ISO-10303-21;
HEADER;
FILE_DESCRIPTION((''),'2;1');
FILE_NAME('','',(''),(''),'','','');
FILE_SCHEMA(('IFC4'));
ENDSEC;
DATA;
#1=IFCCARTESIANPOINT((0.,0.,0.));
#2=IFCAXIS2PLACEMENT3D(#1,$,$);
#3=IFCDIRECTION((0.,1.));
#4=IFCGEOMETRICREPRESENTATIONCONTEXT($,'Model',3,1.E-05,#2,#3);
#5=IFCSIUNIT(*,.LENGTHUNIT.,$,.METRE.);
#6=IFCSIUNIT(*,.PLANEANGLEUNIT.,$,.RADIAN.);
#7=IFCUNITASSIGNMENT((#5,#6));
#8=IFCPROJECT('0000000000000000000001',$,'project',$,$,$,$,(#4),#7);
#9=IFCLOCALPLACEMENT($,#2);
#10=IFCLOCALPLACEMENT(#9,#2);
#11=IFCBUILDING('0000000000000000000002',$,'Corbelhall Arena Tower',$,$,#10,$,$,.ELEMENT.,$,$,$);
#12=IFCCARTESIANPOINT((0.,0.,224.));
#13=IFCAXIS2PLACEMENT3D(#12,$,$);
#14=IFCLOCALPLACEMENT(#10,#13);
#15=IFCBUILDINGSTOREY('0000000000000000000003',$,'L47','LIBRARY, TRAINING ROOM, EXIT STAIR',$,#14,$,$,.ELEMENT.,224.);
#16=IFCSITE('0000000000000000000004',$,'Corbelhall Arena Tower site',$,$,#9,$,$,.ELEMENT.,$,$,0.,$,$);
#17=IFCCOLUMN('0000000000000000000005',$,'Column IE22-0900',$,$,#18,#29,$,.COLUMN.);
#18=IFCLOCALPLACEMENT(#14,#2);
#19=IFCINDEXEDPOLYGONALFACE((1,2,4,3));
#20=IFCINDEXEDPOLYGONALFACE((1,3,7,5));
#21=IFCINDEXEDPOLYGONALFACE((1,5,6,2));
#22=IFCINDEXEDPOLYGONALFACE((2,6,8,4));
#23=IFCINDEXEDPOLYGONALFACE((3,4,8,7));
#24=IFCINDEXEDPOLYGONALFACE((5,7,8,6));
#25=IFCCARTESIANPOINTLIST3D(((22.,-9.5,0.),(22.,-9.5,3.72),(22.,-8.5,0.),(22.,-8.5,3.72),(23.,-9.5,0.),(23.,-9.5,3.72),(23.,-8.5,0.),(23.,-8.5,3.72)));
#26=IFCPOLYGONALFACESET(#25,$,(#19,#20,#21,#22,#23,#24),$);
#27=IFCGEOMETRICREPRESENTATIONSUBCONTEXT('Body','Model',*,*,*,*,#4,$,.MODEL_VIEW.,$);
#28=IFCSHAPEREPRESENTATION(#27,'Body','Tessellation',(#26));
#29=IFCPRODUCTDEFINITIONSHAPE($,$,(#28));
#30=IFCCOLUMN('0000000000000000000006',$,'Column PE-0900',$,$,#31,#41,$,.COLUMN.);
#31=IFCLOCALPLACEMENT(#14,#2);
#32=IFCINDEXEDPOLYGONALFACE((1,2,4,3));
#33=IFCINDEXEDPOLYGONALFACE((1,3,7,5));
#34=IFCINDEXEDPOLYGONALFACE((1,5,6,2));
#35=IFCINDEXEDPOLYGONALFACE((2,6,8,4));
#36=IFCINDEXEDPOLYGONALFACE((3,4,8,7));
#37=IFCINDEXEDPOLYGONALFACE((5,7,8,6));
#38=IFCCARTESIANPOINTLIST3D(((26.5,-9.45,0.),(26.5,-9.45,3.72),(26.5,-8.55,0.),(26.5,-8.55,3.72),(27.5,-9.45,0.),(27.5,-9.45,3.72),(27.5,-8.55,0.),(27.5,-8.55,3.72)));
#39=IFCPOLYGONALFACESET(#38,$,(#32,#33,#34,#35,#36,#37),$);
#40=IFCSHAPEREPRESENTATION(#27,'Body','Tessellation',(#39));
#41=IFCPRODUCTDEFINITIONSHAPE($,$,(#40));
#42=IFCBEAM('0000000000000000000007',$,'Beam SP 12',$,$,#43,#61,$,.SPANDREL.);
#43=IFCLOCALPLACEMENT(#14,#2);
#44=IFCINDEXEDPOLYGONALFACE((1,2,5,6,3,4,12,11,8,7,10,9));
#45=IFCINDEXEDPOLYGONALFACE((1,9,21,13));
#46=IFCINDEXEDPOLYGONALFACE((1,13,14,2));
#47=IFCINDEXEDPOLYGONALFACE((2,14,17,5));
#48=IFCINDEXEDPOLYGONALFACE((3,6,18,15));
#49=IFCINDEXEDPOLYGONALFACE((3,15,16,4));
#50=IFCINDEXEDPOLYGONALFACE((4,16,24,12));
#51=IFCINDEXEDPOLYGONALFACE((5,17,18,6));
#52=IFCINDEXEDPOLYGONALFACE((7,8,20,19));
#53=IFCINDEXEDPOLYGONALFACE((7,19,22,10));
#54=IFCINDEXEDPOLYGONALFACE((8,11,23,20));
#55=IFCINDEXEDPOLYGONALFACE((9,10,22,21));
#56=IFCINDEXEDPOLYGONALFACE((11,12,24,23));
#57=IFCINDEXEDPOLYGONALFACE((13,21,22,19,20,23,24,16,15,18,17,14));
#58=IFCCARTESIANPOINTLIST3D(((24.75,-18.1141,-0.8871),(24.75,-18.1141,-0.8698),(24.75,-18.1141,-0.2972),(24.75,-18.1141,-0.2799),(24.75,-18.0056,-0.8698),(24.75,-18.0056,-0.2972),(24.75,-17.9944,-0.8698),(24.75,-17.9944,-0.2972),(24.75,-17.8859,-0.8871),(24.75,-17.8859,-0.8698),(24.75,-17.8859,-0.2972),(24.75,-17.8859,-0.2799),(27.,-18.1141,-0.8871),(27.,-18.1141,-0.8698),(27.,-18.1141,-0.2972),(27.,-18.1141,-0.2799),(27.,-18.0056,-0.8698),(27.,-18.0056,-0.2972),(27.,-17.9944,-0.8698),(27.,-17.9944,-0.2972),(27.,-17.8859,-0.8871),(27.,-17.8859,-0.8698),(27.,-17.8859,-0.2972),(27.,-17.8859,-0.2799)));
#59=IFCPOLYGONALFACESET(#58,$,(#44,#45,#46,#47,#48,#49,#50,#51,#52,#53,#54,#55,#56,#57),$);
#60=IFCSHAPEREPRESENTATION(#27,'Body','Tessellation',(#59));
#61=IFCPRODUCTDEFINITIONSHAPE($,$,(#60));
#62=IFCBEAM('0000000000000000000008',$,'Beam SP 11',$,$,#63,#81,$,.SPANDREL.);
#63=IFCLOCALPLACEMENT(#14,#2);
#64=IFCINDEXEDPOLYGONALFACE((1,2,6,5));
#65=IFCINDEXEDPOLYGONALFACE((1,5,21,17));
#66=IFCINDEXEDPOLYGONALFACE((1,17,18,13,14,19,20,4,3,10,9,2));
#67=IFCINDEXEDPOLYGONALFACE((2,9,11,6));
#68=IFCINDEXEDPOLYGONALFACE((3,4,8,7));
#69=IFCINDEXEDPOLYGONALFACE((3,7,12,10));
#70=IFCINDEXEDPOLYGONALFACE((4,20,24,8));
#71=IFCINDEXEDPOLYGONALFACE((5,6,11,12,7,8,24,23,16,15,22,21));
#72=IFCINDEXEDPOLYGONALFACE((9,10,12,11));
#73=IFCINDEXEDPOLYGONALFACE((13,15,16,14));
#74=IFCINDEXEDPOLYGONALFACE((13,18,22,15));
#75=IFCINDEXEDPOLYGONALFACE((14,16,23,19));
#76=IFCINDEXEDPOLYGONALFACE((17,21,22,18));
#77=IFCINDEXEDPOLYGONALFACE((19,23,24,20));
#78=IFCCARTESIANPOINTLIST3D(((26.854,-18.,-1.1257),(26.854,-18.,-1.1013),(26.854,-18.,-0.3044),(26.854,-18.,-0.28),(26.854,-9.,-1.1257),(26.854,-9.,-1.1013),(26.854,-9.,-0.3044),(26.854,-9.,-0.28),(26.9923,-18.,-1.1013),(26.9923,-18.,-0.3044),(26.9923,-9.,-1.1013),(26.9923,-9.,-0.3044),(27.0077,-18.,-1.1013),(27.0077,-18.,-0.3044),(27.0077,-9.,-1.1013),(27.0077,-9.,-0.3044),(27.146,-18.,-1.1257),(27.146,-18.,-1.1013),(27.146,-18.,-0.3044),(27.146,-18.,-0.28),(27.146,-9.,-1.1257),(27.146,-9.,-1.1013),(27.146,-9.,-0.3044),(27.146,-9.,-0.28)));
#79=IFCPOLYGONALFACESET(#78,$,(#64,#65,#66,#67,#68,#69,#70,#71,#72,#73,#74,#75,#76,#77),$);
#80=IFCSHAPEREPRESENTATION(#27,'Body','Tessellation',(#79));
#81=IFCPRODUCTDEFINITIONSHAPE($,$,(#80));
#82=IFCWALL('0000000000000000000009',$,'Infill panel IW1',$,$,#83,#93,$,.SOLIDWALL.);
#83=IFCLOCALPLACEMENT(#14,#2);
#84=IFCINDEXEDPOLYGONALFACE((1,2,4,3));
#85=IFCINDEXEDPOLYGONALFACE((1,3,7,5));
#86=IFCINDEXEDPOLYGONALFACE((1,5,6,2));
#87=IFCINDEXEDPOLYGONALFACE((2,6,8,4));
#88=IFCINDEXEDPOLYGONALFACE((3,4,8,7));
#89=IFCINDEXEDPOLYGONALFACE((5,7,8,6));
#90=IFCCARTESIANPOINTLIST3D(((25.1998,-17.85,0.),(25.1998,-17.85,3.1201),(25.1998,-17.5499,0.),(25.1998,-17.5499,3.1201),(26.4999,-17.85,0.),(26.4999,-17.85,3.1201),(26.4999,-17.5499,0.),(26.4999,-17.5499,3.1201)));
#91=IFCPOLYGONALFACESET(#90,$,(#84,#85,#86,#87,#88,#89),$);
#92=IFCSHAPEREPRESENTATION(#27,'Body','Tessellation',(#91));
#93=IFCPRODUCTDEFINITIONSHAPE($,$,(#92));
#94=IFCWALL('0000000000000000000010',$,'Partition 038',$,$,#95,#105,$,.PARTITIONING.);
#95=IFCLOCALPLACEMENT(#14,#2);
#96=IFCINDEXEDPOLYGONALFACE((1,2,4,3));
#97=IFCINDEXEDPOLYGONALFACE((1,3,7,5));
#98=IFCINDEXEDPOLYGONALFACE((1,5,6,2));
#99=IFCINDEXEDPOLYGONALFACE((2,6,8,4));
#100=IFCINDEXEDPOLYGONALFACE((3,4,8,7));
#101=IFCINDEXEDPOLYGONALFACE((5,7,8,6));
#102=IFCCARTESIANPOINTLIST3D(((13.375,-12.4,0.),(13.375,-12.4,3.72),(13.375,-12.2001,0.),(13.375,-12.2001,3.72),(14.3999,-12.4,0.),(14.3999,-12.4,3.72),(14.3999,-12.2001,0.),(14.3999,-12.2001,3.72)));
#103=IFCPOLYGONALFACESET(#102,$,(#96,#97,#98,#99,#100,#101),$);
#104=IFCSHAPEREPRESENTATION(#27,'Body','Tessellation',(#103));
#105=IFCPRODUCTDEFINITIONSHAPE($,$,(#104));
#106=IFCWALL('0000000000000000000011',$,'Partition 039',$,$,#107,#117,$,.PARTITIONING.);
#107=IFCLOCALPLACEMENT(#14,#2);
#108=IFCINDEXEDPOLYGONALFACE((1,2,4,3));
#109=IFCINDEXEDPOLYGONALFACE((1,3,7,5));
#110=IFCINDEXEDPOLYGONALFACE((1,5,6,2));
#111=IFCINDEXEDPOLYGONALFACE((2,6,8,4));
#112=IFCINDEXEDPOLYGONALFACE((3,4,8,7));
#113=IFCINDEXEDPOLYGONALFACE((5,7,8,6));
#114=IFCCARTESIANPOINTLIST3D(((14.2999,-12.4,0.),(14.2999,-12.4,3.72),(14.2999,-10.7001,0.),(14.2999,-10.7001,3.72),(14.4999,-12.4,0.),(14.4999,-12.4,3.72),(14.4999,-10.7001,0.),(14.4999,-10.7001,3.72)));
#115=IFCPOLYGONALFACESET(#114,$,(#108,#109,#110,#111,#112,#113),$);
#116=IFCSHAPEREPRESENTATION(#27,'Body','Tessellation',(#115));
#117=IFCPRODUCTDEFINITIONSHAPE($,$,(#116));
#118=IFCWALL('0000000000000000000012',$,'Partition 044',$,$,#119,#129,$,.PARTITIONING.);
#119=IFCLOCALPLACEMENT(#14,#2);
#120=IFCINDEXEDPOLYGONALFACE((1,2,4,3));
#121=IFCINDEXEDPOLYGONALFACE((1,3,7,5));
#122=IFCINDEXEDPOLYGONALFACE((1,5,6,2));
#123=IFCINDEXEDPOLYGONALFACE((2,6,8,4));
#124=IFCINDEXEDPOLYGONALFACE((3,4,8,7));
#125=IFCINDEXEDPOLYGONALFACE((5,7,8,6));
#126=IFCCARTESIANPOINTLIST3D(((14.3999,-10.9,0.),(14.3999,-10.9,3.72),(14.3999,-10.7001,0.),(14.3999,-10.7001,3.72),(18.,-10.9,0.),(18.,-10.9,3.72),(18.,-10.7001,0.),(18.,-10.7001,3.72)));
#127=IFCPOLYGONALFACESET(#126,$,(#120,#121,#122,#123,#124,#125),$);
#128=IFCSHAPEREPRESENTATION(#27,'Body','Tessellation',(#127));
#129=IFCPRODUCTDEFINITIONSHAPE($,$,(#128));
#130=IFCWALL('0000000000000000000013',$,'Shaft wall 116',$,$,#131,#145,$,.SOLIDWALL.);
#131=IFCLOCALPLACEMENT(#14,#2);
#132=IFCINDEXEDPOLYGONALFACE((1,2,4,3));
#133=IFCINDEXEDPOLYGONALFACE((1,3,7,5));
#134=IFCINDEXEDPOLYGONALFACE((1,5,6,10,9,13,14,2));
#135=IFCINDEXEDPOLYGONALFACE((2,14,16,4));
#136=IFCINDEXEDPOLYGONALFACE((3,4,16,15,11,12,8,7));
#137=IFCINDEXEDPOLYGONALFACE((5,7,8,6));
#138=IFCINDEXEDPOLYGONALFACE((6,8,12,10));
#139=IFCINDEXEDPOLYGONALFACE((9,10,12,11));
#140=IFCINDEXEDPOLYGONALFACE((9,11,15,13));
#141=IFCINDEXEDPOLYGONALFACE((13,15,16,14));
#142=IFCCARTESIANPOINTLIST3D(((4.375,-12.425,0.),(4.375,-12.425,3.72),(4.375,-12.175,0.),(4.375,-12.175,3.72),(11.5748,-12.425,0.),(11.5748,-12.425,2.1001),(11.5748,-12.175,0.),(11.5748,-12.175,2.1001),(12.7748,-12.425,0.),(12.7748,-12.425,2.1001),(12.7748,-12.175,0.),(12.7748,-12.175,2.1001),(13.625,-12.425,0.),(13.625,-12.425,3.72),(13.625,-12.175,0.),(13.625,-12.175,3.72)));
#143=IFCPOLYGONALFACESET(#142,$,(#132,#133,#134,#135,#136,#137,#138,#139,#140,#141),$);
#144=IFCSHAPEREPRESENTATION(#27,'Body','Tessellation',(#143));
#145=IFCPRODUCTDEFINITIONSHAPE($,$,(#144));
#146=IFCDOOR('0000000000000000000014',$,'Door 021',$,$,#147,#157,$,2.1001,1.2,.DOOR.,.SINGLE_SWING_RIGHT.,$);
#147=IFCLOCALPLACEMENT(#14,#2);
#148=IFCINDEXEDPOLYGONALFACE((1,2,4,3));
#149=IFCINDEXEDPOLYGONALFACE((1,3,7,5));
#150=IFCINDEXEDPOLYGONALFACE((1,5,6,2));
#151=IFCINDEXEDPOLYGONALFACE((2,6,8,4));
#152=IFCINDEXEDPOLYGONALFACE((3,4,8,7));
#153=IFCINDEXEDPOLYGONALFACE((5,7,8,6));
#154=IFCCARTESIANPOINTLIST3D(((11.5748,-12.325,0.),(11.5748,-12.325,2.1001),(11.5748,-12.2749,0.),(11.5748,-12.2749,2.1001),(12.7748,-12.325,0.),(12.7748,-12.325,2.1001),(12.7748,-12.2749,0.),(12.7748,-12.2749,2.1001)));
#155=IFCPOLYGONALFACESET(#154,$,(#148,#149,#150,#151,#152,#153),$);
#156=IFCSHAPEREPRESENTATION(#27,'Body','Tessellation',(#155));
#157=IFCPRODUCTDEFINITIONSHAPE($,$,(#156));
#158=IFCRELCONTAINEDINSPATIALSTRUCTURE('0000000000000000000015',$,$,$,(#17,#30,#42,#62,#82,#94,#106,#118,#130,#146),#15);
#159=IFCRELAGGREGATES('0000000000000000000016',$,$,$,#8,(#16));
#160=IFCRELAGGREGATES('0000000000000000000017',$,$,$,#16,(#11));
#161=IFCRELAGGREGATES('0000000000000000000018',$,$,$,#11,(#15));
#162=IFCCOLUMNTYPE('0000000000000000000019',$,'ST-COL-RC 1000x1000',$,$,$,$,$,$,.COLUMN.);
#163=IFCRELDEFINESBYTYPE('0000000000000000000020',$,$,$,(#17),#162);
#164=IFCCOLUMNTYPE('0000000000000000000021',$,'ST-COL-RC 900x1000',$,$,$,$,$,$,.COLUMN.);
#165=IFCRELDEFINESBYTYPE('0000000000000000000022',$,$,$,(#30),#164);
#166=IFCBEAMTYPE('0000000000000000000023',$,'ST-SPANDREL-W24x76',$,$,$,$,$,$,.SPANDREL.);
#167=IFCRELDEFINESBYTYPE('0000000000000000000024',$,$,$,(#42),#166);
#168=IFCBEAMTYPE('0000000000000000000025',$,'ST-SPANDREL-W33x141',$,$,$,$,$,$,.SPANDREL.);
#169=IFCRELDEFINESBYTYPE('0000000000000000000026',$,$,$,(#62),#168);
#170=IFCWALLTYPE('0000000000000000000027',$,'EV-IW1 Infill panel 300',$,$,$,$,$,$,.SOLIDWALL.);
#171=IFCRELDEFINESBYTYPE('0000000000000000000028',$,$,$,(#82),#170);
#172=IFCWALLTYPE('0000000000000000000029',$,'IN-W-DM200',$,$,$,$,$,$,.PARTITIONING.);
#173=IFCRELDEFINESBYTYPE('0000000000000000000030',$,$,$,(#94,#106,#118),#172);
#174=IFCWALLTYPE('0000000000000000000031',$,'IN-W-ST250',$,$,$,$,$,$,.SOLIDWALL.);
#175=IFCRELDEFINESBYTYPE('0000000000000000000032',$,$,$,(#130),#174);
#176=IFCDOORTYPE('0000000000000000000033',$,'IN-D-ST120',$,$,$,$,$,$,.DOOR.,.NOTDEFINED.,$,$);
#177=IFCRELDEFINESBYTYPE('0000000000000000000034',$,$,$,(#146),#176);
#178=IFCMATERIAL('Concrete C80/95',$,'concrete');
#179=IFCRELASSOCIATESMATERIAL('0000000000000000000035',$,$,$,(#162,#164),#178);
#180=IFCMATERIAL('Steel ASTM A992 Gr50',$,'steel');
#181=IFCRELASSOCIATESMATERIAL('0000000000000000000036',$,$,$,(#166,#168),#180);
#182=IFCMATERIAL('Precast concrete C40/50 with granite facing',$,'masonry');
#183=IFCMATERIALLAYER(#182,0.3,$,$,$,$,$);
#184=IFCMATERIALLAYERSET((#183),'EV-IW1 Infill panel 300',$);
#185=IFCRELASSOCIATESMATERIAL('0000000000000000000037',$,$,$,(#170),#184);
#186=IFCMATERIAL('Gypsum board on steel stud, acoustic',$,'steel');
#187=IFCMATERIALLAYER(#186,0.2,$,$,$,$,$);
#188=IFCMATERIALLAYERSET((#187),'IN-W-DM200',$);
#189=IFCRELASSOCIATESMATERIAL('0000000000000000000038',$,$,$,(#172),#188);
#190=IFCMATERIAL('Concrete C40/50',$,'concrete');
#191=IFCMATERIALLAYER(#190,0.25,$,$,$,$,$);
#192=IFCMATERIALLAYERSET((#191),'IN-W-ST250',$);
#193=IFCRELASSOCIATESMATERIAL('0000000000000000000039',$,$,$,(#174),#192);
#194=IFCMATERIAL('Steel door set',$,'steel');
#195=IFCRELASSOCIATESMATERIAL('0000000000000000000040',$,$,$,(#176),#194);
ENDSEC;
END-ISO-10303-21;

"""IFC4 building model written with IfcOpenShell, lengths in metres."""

from ifc_helpers import new_model, si_unit, direction, frame, frame_2d, origin, origin_2d, place, context, subcontext, project, spatial, rectangle, i_section, extrude, material, layer, layer_set, material_profile, profile_set, type_object, element, fill, save


model = new_model("IFC4")

# Units and contexts
model_context = context("Model", 3, precision=1e-05, world=origin(), true_north=direction((0.0, 1.0)))
body_context = subcontext(model_context, "Body", "Model", "MODEL_VIEW")
ifc_project = project(units=[si_unit("LENGTHUNIT", "METRE"), si_unit("PLANEANGLEUNIT", "RADIAN")], contexts=[model_context])

# Site, building, storey
site_placement = place(None, origin())
site = spatial("IfcSite", under=ifc_project, at=site_placement, Name="Corbelhall Arena Tower site", CompositionType="ELEMENT", RefElevation=0.0)
building_placement = place(site_placement, origin())
building = spatial("IfcBuilding", under=site, at=building_placement, Name="Corbelhall Arena Tower", CompositionType="ELEMENT")
storey_placement = place(building_placement, frame((0.0, 0.0, 224.0)))
storey = spatial("IfcBuildingStorey", under=building, at=storey_placement, Name="L47", Description="LIBRARY, TRAINING ROOM, EXIT STAIR", CompositionType="ELEMENT", Elevation=224.0)

# Columns
ifc_material_1 = material(Name="Concrete C80/95", Category="concrete")
ifc_material_profile_1 = material_profile(ifc_material_1, rectangle(XDim=1.0, YDim=1.0, at=origin_2d()))
ifc_profile_set_1 = profile_set([ifc_material_profile_1], Name="Concrete C80/95")
column_type_1 = type_object("IfcColumnType", Name="ST-COL-RC 1000x1000", PredefinedType="COLUMN", material=ifc_profile_set_1)
column_1_placement = place(storey_placement, frame((22.5, -9.0, 0.0), z_axis=(0.0, 0.0, 1.0), x_axis=(1.0, 0.0, 0.0)))
element("IfcColumn", 1, at=column_1_placement, inside=storey, type_object=column_type_1, Name="Column IE22-0900", PredefinedType="COLUMN", context=body_context, shape_type="SweptSolid", body=[
    extrude(rectangle(XDim=1.0, YDim=1.0, at=origin_2d()), origin(), (0.0, 0.0, 1.0), 3.72),
])
ifc_material_profile_2 = material_profile(ifc_material_1, rectangle(XDim=0.8999, YDim=1.0, at=origin_2d()))
ifc_profile_set_2 = profile_set([ifc_material_profile_2], Name="Concrete C80/95")
column_type_2 = type_object("IfcColumnType", Name="ST-COL-RC 900x1000", PredefinedType="COLUMN", material=ifc_profile_set_2)
column_2_placement = place(storey_placement, frame((27.0, -9.0, 0.0), z_axis=(0.0, 0.0, 1.0), x_axis=(0.0, 1.0, 0.0)))
element("IfcColumn", 2, at=column_2_placement, inside=storey, type_object=column_type_2, Name="Column PE-0900", PredefinedType="COLUMN", context=body_context, shape_type="SweptSolid", body=[
    extrude(rectangle(XDim=0.8999, YDim=1.0, at=origin_2d()), origin(), (0.0, 0.0, 1.0), 3.72),
])

# Beams
ifc_material_2 = material(Name="Steel ASTM A992 Gr50", Category="steel")
ifc_material_profile_3 = material_profile(ifc_material_2, i_section(OverallWidth=0.2283, OverallDepth=0.6072, WebThickness=0.0112, FlangeThickness=0.0173, at=origin_2d()))
ifc_profile_set_3 = profile_set([ifc_material_profile_3], Name="Steel ASTM A992 Gr50")
beam_type_1 = type_object("IfcBeamType", Name="ST-SPANDREL-W24x76", PredefinedType="SPANDREL", material=ifc_profile_set_3)
beam_1_placement = place(storey_placement, frame((27.0, -18.0, -0.5835), z_axis=(-1.0, 0.0, 0.0), x_axis=(0.0, -1.0, 0.0)))
element("IfcBeam", 3, at=beam_1_placement, inside=storey, type_object=beam_type_1, Name="Beam SP 12", PredefinedType="SPANDREL", context=body_context, shape_type="SweptSolid", body=[
    extrude(i_section(OverallWidth=0.2283, OverallDepth=0.6072, WebThickness=0.0112, FlangeThickness=0.0173, at=origin_2d()), origin(), (0.0, 0.0, 1.0), 2.25),
])
ifc_material_profile_4 = material_profile(ifc_material_2, i_section(OverallWidth=0.292, OverallDepth=0.8457, WebThickness=0.0154, FlangeThickness=0.0244, at=origin_2d()))
ifc_profile_set_4 = profile_set([ifc_material_profile_4], Name="Steel ASTM A992 Gr50")
beam_type_2 = type_object("IfcBeamType", Name="ST-SPANDREL-W33x141", PredefinedType="SPANDREL", material=ifc_profile_set_4)
beam_2_placement = place(storey_placement, frame((27.0, -9.0, -0.7029), z_axis=(0.0, -1.0, 0.0), x_axis=(1.0, 0.0, 0.0)))
element("IfcBeam", 4, at=beam_2_placement, inside=storey, type_object=beam_type_2, Name="Beam SP 11", PredefinedType="SPANDREL", context=body_context, shape_type="SweptSolid", body=[
    extrude(i_section(OverallWidth=0.292, OverallDepth=0.8457, WebThickness=0.0154, FlangeThickness=0.0244, at=origin_2d()), origin(), (0.0, 0.0, 1.0), 9.0),
])

# Wall
ifc_material_3 = material(Name="Precast concrete C40/50 with granite facing", Category="masonry")
ifc_layer_1 = layer(ifc_material_3, 0.3)
ifc_layer_set_1 = layer_set([ifc_layer_1], Name="EV-IW1 Infill panel 300")
wall_type_1 = type_object("IfcWallType", Name="EV-IW1 Infill panel 300", PredefinedType="SOLIDWALL", material=ifc_layer_set_1)
wall_1_placement = place(storey_placement, frame((25.2, -17.7, 0.0), z_axis=(0.0, 0.0, 1.0), x_axis=(1.0, 0.0, 0.0)))
element("IfcWall", 5, at=wall_1_placement, inside=storey, type_object=wall_type_1, Name="Infill panel IW1", PredefinedType="SOLIDWALL", context=body_context, shape_type="SweptSolid", body=[
    extrude(rectangle(XDim=1.3, YDim=0.3, at=frame_2d((0.6499, 0.0))), origin(), (0.0, 0.0, 1.0), 3.1201),
])

# Walls
ifc_material_4 = material(Name="Gypsum board on steel stud, acoustic", Category="steel")
ifc_layer_2 = layer(ifc_material_4, 0.2)
ifc_layer_set_2 = layer_set([ifc_layer_2], Name="IN-W-DM200")
wall_type_2 = type_object("IfcWallType", Name="IN-W-DM200", PredefinedType="PARTITIONING", material=ifc_layer_set_2)
wall_2_placement = place(storey_placement, frame((14.3999, -12.3, 0.0), z_axis=(0.0, 0.0, 1.0), x_axis=(-1.0, 0.0, 0.0)))
element("IfcWall", 6, at=wall_2_placement, inside=storey, type_object=wall_type_2, Name="Partition 038", PredefinedType="PARTITIONING", context=body_context, shape_type="SweptSolid", body=[
    extrude(rectangle(XDim=1.0249, YDim=0.2, at=frame_2d((0.5125, 0.0))), origin(), (0.0, 0.0, 1.0), 3.72),
])
wall_3_placement = place(storey_placement, frame((14.3999, -10.7, 0.0), z_axis=(0.0, 0.0, 1.0), x_axis=(0.0, -1.0, 0.0)))
element("IfcWall", 7, at=wall_3_placement, inside=storey, type_object=wall_type_2, Name="Partition 039", PredefinedType="PARTITIONING", context=body_context, shape_type="SweptSolid", body=[
    extrude(rectangle(XDim=1.7, YDim=0.2, at=frame_2d((0.8501, 0.0))), origin(), (0.0, 0.0, 1.0), 3.72),
])
wall_4_placement = place(storey_placement, frame((18.0, -10.8, 0.0), z_axis=(0.0, 0.0, 1.0), x_axis=(-1.0, 0.0, 0.0)))
element("IfcWall", 8, at=wall_4_placement, inside=storey, type_object=wall_type_2, Name="Partition 044", PredefinedType="PARTITIONING", context=body_context, shape_type="SweptSolid", body=[
    extrude(rectangle(XDim=3.6001, YDim=0.2, at=frame_2d((1.8, 0.0))), origin(), (0.0, 0.0, 1.0), 3.72),
])

# Shared definitions
ifc_material_5 = material(Name="Steel door set", Category="steel")

# Wall, opening, door
ifc_material_6 = material(Name="Concrete C40/50", Category="concrete")
ifc_layer_3 = layer(ifc_material_6, 0.25)
ifc_layer_set_3 = layer_set([ifc_layer_3], Name="IN-W-ST250")
wall_type_3 = type_object("IfcWallType", Name="IN-W-ST250", PredefinedType="SOLIDWALL", material=ifc_layer_set_3)
wall_5_placement = place(storey_placement, frame((13.625, -12.3, 0.0), z_axis=(0.0, 0.0, 1.0), x_axis=(-1.0, 0.0, 0.0)))
wall_5 = element("IfcWall", 9, at=wall_5_placement, inside=storey, type_object=wall_type_3, Name="Shaft wall 116", PredefinedType="SOLIDWALL", context=body_context, shape_type="SweptSolid", body=[
    extrude(rectangle(XDim=9.25, YDim=0.25, at=frame_2d((4.625, 0.0))), origin(), (0.0, 0.0, 1.0), 3.72),
])
opening_1_placement = place(wall_5_placement, frame((0.8501, 0.0, 0.0)))
opening_1 = element("IfcOpeningElement", 10, at=opening_1_placement, cuts=wall_5, PredefinedType="OPENING", context=body_context, shape_type="SweptSolid", body=[
    extrude(rectangle(XDim=1.2, YDim=2.1001, at=frame_2d((0.6001, 1.05))), frame((0.0, 0.125, 0.0), z_axis=(0.0, -1.0, 0.0), x_axis=(1.0, 0.0, 0.0)), (0.0, 0.0, 1.0), 0.25),
])
door_type_1 = type_object("IfcDoorType", Name="IN-D-ST120", OperationType="NOTDEFINED", PredefinedType="DOOR", material=ifc_material_5)
door_1_placement = place(opening_1_placement, origin())
door_1 = element("IfcDoor", 11, at=door_1_placement, inside=storey, type_object=door_type_1, Name="Door 021", OperationType="SINGLE_SWING_RIGHT", OverallHeight=2.1001, OverallWidth=1.2, PredefinedType="DOOR", context=body_context, shape_type="SweptSolid", body=[
    extrude(rectangle(XDim=1.2, YDim=2.1001, at=frame_2d((0.6001, 1.05))), frame((0.0, 0.0249, 0.0), z_axis=(0.0, -1.0, 0.0), x_axis=(1.0, 0.0, 0.0)), (0.0, 0.0, 1.0), 0.05),
])
fill(opening_1, door_1)

save(model, "model.ifc")
